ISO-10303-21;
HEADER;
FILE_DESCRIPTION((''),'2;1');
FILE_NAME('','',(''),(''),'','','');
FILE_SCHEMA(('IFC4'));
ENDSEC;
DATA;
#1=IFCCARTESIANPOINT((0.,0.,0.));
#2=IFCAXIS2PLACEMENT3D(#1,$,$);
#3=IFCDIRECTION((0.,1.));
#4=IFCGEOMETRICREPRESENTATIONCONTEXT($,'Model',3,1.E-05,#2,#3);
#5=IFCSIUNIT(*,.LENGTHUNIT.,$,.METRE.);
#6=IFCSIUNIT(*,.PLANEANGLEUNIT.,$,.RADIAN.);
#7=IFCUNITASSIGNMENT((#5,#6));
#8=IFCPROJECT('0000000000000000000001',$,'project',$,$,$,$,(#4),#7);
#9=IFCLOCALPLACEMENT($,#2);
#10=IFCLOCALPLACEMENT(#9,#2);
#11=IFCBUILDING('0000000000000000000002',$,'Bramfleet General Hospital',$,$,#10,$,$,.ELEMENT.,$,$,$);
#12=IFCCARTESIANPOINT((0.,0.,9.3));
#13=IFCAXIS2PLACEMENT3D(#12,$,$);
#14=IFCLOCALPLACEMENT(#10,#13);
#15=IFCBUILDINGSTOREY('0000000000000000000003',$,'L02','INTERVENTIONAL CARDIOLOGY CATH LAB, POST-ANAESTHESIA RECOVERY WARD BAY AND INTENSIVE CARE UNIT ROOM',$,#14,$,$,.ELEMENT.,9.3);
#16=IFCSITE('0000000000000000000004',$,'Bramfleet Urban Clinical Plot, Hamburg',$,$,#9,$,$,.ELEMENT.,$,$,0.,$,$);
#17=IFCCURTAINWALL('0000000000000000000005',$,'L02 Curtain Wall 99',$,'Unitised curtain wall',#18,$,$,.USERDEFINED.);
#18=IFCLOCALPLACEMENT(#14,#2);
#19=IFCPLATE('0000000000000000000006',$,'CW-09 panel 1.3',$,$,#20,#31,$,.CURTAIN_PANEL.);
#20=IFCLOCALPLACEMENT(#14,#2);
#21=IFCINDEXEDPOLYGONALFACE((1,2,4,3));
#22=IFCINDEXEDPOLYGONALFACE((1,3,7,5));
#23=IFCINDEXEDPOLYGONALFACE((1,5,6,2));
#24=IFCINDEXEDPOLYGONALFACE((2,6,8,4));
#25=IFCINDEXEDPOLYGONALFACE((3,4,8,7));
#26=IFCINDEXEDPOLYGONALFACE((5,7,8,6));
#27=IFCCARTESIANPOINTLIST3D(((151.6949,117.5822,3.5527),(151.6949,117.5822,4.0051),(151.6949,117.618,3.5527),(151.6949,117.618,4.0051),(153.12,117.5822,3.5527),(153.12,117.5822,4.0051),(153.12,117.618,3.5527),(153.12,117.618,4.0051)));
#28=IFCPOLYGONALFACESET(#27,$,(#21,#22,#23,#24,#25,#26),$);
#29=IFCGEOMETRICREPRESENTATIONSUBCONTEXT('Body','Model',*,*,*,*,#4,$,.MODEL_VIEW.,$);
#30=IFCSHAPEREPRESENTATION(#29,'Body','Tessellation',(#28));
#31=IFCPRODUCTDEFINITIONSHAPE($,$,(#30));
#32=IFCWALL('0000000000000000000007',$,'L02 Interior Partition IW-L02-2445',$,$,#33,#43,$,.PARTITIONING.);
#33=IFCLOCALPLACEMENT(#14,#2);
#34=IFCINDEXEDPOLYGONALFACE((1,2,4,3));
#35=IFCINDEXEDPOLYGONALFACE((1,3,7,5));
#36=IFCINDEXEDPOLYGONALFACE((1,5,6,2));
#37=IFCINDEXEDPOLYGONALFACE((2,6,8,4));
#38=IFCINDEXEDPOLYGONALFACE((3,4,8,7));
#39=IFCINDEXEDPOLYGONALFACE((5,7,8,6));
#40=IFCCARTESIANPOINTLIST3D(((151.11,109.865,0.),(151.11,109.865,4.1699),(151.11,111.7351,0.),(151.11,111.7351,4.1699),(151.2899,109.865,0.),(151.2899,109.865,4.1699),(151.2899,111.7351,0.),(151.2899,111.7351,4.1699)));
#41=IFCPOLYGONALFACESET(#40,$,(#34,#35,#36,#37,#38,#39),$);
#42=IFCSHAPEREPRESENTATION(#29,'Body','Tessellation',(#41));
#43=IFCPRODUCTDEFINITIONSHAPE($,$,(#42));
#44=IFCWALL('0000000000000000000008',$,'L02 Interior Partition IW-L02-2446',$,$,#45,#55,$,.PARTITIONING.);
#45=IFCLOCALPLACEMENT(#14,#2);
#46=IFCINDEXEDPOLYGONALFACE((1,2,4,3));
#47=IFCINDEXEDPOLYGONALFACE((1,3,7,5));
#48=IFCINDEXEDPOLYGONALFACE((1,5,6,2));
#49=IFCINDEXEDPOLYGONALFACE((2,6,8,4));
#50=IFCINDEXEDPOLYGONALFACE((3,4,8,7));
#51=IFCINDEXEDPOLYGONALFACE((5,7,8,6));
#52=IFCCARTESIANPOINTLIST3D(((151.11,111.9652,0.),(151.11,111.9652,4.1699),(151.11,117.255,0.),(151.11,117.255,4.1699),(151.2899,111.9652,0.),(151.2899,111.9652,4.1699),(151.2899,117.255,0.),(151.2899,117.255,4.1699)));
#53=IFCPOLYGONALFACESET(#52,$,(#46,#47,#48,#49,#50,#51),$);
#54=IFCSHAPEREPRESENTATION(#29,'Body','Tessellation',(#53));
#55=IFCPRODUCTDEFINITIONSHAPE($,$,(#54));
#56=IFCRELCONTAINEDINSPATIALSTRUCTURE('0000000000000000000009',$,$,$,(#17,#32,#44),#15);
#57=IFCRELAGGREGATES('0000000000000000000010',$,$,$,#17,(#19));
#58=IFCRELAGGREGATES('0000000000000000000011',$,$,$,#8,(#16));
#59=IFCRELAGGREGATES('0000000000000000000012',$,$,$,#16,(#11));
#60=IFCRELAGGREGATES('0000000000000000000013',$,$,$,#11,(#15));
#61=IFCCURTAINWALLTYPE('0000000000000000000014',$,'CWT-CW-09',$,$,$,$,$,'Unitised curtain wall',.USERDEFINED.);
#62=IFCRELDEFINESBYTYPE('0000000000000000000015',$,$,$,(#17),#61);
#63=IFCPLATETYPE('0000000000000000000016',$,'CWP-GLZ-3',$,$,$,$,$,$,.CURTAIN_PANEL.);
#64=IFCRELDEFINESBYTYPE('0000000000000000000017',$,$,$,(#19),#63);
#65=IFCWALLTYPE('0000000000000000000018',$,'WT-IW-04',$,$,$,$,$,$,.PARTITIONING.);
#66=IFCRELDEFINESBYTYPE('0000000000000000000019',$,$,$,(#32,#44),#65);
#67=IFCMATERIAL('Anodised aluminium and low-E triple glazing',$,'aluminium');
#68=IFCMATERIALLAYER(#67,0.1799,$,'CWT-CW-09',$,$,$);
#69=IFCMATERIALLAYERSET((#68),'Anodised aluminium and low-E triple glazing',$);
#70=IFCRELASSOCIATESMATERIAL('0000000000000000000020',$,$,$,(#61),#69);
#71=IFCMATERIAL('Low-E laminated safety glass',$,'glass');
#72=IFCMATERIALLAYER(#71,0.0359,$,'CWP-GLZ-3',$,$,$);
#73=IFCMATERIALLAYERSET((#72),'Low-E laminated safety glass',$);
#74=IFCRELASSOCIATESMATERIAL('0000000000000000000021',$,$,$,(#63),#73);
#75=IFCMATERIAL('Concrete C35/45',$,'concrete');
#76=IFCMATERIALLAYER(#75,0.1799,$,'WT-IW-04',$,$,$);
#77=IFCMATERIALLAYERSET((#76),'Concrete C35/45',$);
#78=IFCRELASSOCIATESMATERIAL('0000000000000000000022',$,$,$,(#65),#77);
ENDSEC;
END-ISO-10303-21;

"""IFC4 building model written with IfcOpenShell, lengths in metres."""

from ifc_helpers import new_model, si_unit, direction, frame, frame_2d, origin, origin_2d, place, context, subcontext, project, spatial, rectangle, extrude, material, layer, layer_set, type_object, element, aggregate, save


model = new_model("IFC4")

# Units and contexts
model_context = context("Model", 3, precision=1e-05, world=origin(), true_north=direction((0.0, 1.0)))
body_context = subcontext(model_context, "Body", "Model", "MODEL_VIEW")
ifc_project = project(units=[si_unit("LENGTHUNIT", "METRE"), si_unit("PLANEANGLEUNIT", "RADIAN")], contexts=[model_context])

# Site, building, storey
site_placement = place(None, origin())
site = spatial("IfcSite", under=ifc_project, at=site_placement, Name="Bramfleet Urban Clinical Plot, Hamburg", CompositionType="ELEMENT", RefElevation=0.0)
building_placement = place(site_placement, origin())
building = spatial("IfcBuilding", under=site, at=building_placement, Name="Bramfleet General Hospital", CompositionType="ELEMENT")
storey_placement = place(building_placement, frame((0.0, 0.0, 9.3)))
storey = spatial("IfcBuildingStorey", under=building, at=storey_placement, Name="L02", Description="INTERVENTIONAL CARDIOLOGY CATH LAB, POST-ANAESTHESIA RECOVERY WARD BAY AND INTENSIVE CARE UNIT ROOM", CompositionType="ELEMENT", Elevation=9.3)

# Shared definitions
ifc_material_1 = material(Name="Concrete C35/45", Category="concrete")

# Curtain wall, plate
ifc_material_2 = material(Name="Anodised aluminium and low-E triple glazing", Category="aluminium")
ifc_layer_1 = layer(ifc_material_2, 0.1799, Name="CWT-CW-09")
ifc_layer_set_1 = layer_set([ifc_layer_1], Name="Anodised aluminium and low-E triple glazing")
curtain_wall_type = type_object("IfcCurtainWallType", Name="CWT-CW-09", ElementType="Unitised curtain wall", PredefinedType="USERDEFINED", material=ifc_layer_set_1)
curtain_wall_placement = place(storey_placement, origin())
curtain_wall = element("IfcCurtainWall", 1, at=curtain_wall_placement, inside=storey, type_object=curtain_wall_type, Name="L02 Curtain Wall 99", ObjectType="Unitised curtain wall", PredefinedType="USERDEFINED")
ifc_material_3 = material(Name="Low-E laminated safety glass", Category="glass")
ifc_layer_2 = layer(ifc_material_3, 0.0359, Name="CWP-GLZ-3")
ifc_layer_set_2 = layer_set([ifc_layer_2], Name="Low-E laminated safety glass")
plate_type = type_object("IfcPlateType", Name="CWP-GLZ-3", PredefinedType="CURTAIN_PANEL", material=ifc_layer_set_2)
plate_1_placement = place(storey_placement, frame((152.4075, 117.6001, 3.5527), z_axis=(0.0, 0.0, 1.0), x_axis=(1.0, 0.0, 0.0)))
plate_1 = element("IfcPlate", 2, at=plate_1_placement, type_object=plate_type, Name="CW-09 panel 1.3", PredefinedType="CURTAIN_PANEL", context=body_context, shape_type="SweptSolid", body=[
    extrude(rectangle(XDim=1.425, YDim=0.0359, at=origin_2d()), origin(), (0.0, 0.0, 1.0), 0.4524),
])
aggregate(curtain_wall, [plate_1])

# Walls
ifc_layer_3 = layer(ifc_material_1, 0.1799, Name="WT-IW-04")
ifc_layer_set_3 = layer_set([ifc_layer_3], Name="Concrete C35/45")
wall_type = type_object("IfcWallType", Name="WT-IW-04", PredefinedType="PARTITIONING", material=ifc_layer_set_3)
wall_1_placement = place(storey_placement, frame((151.2, 109.865, 0.0), z_axis=(0.0, 0.0, 1.0), x_axis=(0.0, 1.0, 0.0)))
element("IfcWall", 3, at=wall_1_placement, inside=storey, type_object=wall_type, Name="L02 Interior Partition IW-L02-2445", PredefinedType="PARTITIONING", context=body_context, shape_type="SweptSolid", body=[
    extrude(rectangle(XDim=1.8701, YDim=0.1799, at=frame_2d((0.9351, 0.0))), origin(), (0.0, 0.0, 1.0), 4.1699),
])
wall_2_placement = place(storey_placement, frame((151.2, 111.9651, 0.0), z_axis=(0.0, 0.0, 1.0), x_axis=(0.0, 1.0, 0.0)))
element("IfcWall", 4, at=wall_2_placement, inside=storey, type_object=wall_type, Name="L02 Interior Partition IW-L02-2446", PredefinedType="PARTITIONING", context=body_context, shape_type="SweptSolid", body=[
    extrude(rectangle(XDim=5.2898, YDim=0.1799, at=frame_2d((2.645, 0.0))), origin(), (0.0, 0.0, 1.0), 4.1699),
])

save(model, "model.ifc")
